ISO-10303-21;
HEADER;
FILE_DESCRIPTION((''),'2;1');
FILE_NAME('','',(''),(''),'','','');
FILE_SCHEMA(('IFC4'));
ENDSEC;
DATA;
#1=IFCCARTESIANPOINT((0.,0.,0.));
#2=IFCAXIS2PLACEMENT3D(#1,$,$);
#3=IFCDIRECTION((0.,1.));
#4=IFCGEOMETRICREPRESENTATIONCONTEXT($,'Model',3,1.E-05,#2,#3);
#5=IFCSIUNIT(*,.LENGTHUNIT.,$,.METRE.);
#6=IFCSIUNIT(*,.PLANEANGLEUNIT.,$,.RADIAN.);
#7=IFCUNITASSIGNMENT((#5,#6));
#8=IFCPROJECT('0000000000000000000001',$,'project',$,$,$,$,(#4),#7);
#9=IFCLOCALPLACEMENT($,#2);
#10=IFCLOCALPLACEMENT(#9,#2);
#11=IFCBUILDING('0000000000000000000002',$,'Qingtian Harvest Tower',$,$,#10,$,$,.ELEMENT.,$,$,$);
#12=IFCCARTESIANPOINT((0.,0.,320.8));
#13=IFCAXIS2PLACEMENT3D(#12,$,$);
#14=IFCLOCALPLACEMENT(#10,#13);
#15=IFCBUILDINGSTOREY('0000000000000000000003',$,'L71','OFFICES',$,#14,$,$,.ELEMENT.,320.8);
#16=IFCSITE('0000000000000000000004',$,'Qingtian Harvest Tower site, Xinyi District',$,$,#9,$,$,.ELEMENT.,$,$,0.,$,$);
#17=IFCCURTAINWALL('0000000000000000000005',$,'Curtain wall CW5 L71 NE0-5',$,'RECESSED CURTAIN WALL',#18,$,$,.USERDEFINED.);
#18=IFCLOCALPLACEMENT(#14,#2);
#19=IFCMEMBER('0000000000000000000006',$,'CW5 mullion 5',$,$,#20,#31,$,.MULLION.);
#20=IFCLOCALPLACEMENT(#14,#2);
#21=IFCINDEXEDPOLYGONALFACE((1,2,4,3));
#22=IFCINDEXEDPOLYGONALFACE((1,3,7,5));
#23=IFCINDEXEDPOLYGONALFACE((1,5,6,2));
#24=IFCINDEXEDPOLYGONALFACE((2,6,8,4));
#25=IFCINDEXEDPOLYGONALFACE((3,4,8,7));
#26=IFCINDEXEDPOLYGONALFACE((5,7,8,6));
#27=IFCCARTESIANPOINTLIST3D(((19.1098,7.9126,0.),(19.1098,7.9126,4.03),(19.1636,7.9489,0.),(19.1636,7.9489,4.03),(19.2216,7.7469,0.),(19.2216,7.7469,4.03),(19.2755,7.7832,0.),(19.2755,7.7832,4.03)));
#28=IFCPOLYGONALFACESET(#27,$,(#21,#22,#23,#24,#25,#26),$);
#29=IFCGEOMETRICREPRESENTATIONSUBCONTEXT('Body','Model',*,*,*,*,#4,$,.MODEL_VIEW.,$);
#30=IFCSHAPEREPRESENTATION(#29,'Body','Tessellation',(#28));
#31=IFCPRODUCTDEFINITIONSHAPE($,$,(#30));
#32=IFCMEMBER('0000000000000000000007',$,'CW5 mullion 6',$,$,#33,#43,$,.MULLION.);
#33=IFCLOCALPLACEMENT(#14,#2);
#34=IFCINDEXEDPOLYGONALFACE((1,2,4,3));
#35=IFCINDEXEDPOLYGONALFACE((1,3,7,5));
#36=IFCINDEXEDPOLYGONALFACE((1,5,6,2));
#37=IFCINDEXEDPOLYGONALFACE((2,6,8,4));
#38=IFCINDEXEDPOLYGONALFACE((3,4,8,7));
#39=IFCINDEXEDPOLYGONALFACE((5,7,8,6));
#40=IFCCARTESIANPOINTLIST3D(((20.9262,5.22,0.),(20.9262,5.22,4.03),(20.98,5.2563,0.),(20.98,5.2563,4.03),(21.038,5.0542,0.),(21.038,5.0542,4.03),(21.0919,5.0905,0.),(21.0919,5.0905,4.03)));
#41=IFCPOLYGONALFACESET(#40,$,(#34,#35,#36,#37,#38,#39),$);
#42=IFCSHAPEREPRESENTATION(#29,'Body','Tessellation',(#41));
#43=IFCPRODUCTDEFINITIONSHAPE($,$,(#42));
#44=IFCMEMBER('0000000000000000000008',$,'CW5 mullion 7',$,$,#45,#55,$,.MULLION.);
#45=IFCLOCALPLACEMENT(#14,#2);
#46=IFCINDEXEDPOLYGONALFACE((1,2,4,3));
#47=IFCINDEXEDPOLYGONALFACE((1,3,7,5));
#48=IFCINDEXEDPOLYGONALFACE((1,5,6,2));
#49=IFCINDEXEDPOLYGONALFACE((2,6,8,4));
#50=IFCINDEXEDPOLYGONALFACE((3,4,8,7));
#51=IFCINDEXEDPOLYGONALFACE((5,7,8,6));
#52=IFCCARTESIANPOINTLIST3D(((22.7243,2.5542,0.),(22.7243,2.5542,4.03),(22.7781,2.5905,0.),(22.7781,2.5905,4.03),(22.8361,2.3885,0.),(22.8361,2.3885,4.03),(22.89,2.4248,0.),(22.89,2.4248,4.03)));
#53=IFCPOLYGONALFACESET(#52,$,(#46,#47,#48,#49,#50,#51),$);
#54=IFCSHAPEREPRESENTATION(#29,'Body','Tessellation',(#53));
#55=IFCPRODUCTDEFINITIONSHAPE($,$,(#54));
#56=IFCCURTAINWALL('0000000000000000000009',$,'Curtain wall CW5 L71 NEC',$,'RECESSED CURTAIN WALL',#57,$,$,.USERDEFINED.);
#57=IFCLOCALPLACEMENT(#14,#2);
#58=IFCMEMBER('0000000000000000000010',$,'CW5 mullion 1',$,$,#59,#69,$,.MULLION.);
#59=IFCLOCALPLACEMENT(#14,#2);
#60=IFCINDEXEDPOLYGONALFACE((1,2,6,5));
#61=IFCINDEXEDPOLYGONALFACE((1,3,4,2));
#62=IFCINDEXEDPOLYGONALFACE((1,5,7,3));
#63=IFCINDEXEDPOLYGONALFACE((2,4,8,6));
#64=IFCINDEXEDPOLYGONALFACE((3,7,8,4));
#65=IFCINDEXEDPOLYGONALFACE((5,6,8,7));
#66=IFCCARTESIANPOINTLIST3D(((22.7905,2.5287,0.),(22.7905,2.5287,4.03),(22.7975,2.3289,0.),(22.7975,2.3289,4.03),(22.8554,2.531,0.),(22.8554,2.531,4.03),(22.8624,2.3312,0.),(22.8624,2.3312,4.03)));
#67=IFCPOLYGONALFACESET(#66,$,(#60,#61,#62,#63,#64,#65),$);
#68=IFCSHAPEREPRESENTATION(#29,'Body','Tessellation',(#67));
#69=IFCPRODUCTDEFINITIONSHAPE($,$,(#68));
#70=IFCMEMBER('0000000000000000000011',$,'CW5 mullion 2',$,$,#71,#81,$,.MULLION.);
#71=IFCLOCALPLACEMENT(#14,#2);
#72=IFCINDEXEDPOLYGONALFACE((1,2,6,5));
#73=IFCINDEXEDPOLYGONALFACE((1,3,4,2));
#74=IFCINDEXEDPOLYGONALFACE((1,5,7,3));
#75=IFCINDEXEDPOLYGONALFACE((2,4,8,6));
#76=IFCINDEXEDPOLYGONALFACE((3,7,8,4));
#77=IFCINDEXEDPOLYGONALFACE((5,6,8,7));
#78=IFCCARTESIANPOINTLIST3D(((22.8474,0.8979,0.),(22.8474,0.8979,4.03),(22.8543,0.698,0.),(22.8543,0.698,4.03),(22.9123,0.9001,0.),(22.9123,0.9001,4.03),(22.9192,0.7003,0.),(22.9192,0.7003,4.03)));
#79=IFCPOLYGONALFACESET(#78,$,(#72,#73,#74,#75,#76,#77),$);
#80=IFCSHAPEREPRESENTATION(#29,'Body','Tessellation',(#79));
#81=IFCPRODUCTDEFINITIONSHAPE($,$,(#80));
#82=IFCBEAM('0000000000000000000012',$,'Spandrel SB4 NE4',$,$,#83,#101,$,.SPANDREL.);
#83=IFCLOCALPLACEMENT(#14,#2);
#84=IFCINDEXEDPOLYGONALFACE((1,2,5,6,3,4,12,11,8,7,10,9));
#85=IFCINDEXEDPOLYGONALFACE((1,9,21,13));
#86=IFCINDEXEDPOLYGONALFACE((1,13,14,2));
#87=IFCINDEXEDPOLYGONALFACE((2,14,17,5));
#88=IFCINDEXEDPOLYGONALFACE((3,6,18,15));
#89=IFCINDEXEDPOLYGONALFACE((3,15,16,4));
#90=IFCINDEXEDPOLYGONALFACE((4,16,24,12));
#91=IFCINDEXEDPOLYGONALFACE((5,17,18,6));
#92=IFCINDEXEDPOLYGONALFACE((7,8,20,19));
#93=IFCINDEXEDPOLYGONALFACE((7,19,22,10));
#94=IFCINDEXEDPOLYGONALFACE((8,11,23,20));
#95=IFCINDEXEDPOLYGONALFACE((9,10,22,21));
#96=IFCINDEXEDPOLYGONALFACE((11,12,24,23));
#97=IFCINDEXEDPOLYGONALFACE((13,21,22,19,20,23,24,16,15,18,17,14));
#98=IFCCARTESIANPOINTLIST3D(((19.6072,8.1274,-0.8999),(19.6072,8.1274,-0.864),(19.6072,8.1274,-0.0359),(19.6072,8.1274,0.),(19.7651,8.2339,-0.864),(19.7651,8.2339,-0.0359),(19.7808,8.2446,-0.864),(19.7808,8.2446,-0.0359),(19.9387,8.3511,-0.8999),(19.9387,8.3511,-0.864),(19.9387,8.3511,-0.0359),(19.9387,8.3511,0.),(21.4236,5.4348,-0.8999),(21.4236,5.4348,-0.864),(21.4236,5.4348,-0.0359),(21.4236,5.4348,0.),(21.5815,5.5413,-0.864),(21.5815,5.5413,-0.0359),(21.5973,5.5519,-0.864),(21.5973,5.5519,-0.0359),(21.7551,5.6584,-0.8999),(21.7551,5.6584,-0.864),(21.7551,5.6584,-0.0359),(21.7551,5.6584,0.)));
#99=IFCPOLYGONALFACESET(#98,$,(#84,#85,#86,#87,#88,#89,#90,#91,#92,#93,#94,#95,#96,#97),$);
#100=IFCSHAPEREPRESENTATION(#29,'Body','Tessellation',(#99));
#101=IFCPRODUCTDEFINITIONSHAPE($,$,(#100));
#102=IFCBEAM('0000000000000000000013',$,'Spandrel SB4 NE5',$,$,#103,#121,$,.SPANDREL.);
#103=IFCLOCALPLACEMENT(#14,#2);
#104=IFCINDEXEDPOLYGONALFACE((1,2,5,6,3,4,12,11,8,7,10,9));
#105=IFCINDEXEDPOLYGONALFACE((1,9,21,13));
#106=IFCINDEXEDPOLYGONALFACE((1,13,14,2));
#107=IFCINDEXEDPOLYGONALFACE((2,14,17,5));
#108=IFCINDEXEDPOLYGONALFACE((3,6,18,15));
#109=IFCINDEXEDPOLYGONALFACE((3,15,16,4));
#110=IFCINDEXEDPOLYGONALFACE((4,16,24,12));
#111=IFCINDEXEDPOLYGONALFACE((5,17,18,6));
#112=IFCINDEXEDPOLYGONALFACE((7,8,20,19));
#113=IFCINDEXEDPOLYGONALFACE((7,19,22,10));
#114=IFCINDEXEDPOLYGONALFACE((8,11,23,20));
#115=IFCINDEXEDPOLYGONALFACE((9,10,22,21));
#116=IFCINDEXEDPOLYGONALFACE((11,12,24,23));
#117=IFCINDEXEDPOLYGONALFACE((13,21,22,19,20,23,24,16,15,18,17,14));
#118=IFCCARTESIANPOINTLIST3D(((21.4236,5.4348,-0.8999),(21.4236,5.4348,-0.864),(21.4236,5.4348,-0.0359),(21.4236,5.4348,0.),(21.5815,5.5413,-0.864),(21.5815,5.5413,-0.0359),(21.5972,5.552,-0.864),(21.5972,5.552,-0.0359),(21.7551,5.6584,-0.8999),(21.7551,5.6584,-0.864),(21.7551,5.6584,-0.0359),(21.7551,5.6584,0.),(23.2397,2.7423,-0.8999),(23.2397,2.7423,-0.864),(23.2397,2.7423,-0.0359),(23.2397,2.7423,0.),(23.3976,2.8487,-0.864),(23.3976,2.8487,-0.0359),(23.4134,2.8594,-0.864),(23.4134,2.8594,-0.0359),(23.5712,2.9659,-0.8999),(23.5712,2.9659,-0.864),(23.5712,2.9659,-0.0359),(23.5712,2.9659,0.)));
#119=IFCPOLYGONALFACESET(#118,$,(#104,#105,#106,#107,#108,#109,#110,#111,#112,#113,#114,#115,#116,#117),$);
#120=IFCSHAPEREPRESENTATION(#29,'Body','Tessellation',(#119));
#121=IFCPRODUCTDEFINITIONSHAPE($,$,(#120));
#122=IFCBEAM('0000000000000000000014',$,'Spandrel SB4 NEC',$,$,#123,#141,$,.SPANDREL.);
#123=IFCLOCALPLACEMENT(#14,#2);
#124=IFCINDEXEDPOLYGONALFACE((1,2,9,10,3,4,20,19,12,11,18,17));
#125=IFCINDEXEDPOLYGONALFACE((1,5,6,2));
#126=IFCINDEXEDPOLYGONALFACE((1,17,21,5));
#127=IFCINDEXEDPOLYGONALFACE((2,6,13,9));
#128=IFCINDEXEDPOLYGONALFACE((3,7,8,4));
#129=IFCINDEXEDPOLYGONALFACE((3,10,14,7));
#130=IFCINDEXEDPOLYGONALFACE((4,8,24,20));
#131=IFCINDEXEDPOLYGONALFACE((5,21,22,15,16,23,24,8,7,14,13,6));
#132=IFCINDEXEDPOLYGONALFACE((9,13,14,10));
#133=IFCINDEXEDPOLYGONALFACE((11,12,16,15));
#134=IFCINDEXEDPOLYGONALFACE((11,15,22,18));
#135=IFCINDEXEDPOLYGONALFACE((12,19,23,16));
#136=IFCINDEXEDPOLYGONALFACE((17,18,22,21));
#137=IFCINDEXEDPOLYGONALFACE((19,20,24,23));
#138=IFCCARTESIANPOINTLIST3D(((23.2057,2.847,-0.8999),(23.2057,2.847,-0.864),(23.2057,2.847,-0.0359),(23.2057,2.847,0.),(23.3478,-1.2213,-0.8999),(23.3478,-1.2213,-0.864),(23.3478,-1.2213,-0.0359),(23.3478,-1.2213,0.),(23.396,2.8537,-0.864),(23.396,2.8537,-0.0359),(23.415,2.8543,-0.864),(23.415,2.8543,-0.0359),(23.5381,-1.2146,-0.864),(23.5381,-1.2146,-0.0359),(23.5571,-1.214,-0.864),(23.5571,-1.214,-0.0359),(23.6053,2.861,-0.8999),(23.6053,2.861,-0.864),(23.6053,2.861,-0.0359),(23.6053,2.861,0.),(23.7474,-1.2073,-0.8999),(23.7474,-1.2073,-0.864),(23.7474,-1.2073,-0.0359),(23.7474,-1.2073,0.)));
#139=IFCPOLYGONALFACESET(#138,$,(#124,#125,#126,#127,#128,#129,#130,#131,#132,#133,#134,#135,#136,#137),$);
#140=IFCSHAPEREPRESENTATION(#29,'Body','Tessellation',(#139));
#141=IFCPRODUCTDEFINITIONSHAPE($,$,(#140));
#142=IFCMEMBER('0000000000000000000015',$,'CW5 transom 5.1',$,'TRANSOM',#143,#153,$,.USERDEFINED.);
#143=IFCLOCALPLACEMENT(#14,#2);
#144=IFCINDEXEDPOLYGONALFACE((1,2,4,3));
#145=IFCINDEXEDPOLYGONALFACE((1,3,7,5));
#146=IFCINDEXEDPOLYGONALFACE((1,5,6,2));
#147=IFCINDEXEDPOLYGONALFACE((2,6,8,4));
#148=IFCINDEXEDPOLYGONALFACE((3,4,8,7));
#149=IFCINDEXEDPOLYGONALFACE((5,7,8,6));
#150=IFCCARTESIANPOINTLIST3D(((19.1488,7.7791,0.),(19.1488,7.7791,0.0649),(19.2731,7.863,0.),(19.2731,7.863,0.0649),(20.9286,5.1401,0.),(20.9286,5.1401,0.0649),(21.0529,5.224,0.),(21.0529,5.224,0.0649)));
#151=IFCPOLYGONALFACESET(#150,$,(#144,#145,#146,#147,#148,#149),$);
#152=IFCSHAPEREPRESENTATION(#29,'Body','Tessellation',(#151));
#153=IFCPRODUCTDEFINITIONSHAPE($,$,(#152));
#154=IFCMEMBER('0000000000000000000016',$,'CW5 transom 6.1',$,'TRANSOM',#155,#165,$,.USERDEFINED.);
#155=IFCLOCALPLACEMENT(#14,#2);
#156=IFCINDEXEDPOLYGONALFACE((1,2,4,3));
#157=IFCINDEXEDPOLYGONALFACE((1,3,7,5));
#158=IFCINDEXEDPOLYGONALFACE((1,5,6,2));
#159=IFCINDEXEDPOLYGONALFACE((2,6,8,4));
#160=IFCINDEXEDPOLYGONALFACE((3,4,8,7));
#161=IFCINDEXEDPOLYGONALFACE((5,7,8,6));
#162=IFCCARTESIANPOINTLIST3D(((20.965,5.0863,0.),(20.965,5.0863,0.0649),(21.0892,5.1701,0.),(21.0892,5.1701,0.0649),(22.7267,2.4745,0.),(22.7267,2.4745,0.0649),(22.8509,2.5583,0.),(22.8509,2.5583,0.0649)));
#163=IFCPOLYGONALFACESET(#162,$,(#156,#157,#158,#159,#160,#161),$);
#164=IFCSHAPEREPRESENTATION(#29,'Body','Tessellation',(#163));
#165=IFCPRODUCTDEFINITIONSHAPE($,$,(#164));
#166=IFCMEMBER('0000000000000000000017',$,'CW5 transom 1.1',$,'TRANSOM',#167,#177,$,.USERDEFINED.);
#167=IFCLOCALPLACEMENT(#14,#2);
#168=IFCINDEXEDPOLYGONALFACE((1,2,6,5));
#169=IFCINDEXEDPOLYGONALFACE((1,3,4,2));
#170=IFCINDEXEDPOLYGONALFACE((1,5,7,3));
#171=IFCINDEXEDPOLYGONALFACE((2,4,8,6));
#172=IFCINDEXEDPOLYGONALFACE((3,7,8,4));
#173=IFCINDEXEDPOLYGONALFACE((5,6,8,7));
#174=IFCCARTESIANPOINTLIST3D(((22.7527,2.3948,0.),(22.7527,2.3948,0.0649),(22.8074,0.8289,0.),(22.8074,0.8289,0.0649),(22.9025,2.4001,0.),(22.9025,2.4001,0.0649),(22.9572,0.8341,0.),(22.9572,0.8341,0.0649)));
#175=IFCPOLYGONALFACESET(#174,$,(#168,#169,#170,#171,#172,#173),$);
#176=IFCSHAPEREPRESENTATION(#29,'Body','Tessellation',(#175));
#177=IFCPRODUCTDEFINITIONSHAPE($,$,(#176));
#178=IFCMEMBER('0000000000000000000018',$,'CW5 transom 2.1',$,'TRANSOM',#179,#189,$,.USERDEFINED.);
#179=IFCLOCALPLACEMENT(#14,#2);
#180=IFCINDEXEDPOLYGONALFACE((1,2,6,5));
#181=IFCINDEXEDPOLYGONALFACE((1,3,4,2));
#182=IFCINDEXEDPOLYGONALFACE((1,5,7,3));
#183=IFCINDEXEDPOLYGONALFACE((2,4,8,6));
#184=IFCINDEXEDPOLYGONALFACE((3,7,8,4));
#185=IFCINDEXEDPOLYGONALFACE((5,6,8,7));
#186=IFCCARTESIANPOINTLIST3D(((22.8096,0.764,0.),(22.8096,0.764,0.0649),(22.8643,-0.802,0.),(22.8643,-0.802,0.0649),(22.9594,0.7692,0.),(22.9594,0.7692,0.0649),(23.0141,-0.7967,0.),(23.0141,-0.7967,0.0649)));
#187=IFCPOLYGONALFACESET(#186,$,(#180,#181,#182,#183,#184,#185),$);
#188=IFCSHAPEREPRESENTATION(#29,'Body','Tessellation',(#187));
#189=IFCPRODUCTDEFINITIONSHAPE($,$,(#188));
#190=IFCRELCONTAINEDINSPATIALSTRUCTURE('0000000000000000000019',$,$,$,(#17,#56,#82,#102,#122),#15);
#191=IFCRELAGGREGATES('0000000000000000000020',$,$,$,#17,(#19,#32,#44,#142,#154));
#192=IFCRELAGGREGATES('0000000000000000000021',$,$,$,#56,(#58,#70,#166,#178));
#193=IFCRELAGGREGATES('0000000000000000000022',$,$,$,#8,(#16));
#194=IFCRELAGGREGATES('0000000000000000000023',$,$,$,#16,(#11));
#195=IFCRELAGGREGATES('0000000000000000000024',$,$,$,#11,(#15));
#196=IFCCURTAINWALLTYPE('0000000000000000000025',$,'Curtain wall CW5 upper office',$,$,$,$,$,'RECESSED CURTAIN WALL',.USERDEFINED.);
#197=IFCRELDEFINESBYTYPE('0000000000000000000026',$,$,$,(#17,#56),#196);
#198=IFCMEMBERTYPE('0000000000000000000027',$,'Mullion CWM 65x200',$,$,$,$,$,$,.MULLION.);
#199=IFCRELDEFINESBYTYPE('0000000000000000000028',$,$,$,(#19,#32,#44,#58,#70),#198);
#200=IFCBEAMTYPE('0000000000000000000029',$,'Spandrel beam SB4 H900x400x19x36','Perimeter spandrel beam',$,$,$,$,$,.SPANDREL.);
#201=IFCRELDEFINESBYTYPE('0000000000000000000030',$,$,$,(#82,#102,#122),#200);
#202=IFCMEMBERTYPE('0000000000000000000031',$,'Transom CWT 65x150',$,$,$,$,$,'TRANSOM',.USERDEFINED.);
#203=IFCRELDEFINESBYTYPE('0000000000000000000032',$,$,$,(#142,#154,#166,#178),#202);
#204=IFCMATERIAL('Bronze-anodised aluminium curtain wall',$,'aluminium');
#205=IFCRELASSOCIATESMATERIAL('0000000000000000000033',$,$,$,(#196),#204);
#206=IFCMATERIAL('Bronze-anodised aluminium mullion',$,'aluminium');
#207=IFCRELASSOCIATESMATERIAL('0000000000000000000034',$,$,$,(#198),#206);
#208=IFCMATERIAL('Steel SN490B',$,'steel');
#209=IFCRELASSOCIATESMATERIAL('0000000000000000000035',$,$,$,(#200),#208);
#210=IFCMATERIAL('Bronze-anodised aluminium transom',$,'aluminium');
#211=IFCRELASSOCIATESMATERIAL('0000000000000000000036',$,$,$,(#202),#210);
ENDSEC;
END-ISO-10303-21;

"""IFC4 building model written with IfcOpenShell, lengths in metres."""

from ifc_helpers import new_model, si_unit, direction, frame, origin, origin_2d, place, context, subcontext, project, spatial, rectangle, i_section, extrude, material, material_profile, profile_set, type_object, element, aggregate, save


model = new_model("IFC4")

# Units and contexts
model_context = context("Model", 3, precision=1e-05, world=origin(), true_north=direction((0.0, 1.0)))
body_context = subcontext(model_context, "Body", "Model", "MODEL_VIEW")
ifc_project = project(units=[si_unit("LENGTHUNIT", "METRE"), si_unit("PLANEANGLEUNIT", "RADIAN")], contexts=[model_context])

# Site, building, storey
site_placement = place(None, origin())
site = spatial("IfcSite", under=ifc_project, at=site_placement, Name="Qingtian Harvest Tower site, Xinyi District", CompositionType="ELEMENT", RefElevation=0.0)
building_placement = place(site_placement, origin())
building = spatial("IfcBuilding", under=site, at=building_placement, Name="Qingtian Harvest Tower", CompositionType="ELEMENT")
storey_placement = place(building_placement, frame((0.0, 0.0, 320.8)))
storey = spatial("IfcBuildingStorey", under=building, at=storey_placement, Name="L71", Description="OFFICES", CompositionType="ELEMENT", Elevation=320.8)

# Curtain walls, members
ifc_material_1 = material(Name="Bronze-anodised aluminium curtain wall", Category="aluminium")
curtain_wall_type = type_object("IfcCurtainWallType", Name="Curtain wall CW5 upper office", ElementType="RECESSED CURTAIN WALL", PredefinedType="USERDEFINED", material=ifc_material_1)
curtain_wall_1_placement = place(storey_placement, origin())
curtain_wall_1 = element("IfcCurtainWall", 1, at=curtain_wall_1_placement, inside=storey, type_object=curtain_wall_type, Name="Curtain wall CW5 L71 NE0-5", ObjectType="RECESSED CURTAIN WALL", PredefinedType="USERDEFINED")
ifc_material_2 = material(Name="Bronze-anodised aluminium mullion", Category="aluminium")
ifc_material_profile_1 = material_profile(ifc_material_2, rectangle(XDim=0.0649, YDim=0.2, at=origin_2d()), Name="AL 65x200")
ifc_profile_set_1 = profile_set([ifc_material_profile_1], Name="Bronze-anodised aluminium mullion")
member_type_1 = type_object("IfcMemberType", Name="Mullion CWM 65x200", PredefinedType="MULLION", material=ifc_profile_set_1)
member_1_placement = place(storey_placement, frame((19.1926, 7.8479, 0.0), z_axis=(0.0, 0.0, 1.0), x_axis=(0.829038, 0.559193, 0.0)))
member_1 = element("IfcMember", 2, at=member_1_placement, type_object=member_type_1, Name="CW5 mullion 5", PredefinedType="MULLION", context=body_context, shape_type="SweptSolid", body=[
    extrude(rectangle(XDim=0.0649, YDim=0.2, at=origin_2d()), origin(), (0.0, 0.0, 1.0), 4.03),
])
member_2_placement = place(storey_placement, frame((21.009, 5.1553, 0.0), z_axis=(0.0, 0.0, 1.0), x_axis=(0.829038, 0.559193, 0.0)))
member_2 = element("IfcMember", 3, at=member_2_placement, type_object=member_type_1, Name="CW5 mullion 6", PredefinedType="MULLION", context=body_context, shape_type="SweptSolid", body=[
    extrude(rectangle(XDim=0.0649, YDim=0.2, at=origin_2d()), origin(), (0.0, 0.0, 1.0), 4.03),
])
member_3_placement = place(storey_placement, frame((22.8071, 2.4895, 0.0), z_axis=(0.0, 0.0, 1.0), x_axis=(0.829038, 0.559193, 0.0)))
member_3 = element("IfcMember", 4, at=member_3_placement, type_object=member_type_1, Name="CW5 mullion 7", PredefinedType="MULLION", context=body_context, shape_type="SweptSolid", body=[
    extrude(rectangle(XDim=0.0649, YDim=0.2, at=origin_2d()), origin(), (0.0, 0.0, 1.0), 4.03),
])
curtain_wall_2_placement = place(storey_placement, origin())
curtain_wall_2 = element("IfcCurtainWall", 5, at=curtain_wall_2_placement, inside=storey, type_object=curtain_wall_type, Name="Curtain wall CW5 L71 NEC", ObjectType="RECESSED CURTAIN WALL", PredefinedType="USERDEFINED")
member_4_placement = place(storey_placement, frame((22.8264, 2.4299, 0.0), z_axis=(0.0, 0.0, 1.0), x_axis=(0.999391, 0.034899, 0.0)))
member_4 = element("IfcMember", 6, at=member_4_placement, type_object=member_type_1, Name="CW5 mullion 1", PredefinedType="MULLION", context=body_context, shape_type="SweptSolid", body=[
    extrude(rectangle(XDim=0.0649, YDim=0.2, at=origin_2d()), origin(), (0.0, 0.0, 1.0), 4.03),
])
member_5_placement = place(storey_placement, frame((22.8833, 0.7991, 0.0), z_axis=(0.0, 0.0, 1.0), x_axis=(0.999391, 0.034899, 0.0)))
member_5 = element("IfcMember", 7, at=member_5_placement, type_object=member_type_1, Name="CW5 mullion 2", PredefinedType="MULLION", context=body_context, shape_type="SweptSolid", body=[
    extrude(rectangle(XDim=0.0649, YDim=0.2, at=origin_2d()), origin(), (0.0, 0.0, 1.0), 4.03),
])

# Beams
ifc_material_3 = material(Name="Steel SN490B", Category="steel")
ifc_material_profile_2 = material_profile(ifc_material_3, i_section(OverallWidth=0.3999, OverallDepth=0.8999, WebThickness=0.019, FlangeThickness=0.0359, at=origin_2d()), Name="H900x400x19x36")
ifc_profile_set_2 = profile_set([ifc_material_profile_2], Name="Steel SN490B")
beam_type_1 = type_object("IfcBeamType", Name="Spandrel beam SB4 H900x400x19x36", Description="Perimeter spandrel beam", PredefinedType="SPANDREL", material=ifc_profile_set_2)
beam_1_placement = place(storey_placement, frame((19.7729, 8.2393, -0.45), z_axis=(0.559237, -0.829008, 0.0), x_axis=(0.829008, 0.559237, 0.0)))
element("IfcBeam", 8, at=beam_1_placement, inside=storey, type_object=beam_type_1, Name="Spandrel SB4 NE4", PredefinedType="SPANDREL", context=body_context, shape_type="SweptSolid", body=[
    extrude(i_section(OverallWidth=0.3999, OverallDepth=0.8999, WebThickness=0.019, FlangeThickness=0.0359, at=origin_2d()), origin(), (0.0, 0.0, 1.0), 3.248),
])
beam_2_placement = place(storey_placement, frame((21.5894, 5.5466, -0.45), z_axis=(0.559185, -0.829043, 0.0), x_axis=(0.829043, 0.559185, 0.0)))
element("IfcBeam", 9, at=beam_2_placement, inside=storey, type_object=beam_type_1, Name="Spandrel SB4 NE5", PredefinedType="SPANDREL", context=body_context, shape_type="SweptSolid", body=[
    extrude(i_section(OverallWidth=0.3999, OverallDepth=0.8999, WebThickness=0.019, FlangeThickness=0.0359, at=origin_2d()), origin(), (0.0, 0.0, 1.0), 3.2478),
])
beam_3_placement = place(storey_placement, frame((23.4055, 2.854, -0.45), z_axis=(0.034904, -0.999391, 0.0), x_axis=(0.999391, 0.034904, 0.0)))
element("IfcBeam", 10, at=beam_3_placement, inside=storey, type_object=beam_type_1, Name="Spandrel SB4 NEC", PredefinedType="SPANDREL", context=body_context, shape_type="SweptSolid", body=[
    extrude(i_section(OverallWidth=0.3999, OverallDepth=0.8999, WebThickness=0.019, FlangeThickness=0.0359, at=origin_2d()), origin(), (0.0, 0.0, 1.0), 4.0708),
])

# Members
ifc_material_4 = material(Name="Bronze-anodised aluminium transom", Category="aluminium")
ifc_material_profile_3 = material_profile(ifc_material_4, rectangle(XDim=0.1499, YDim=0.0649, at=origin_2d()), Name="AL 65x150")
ifc_profile_set_3 = profile_set([ifc_material_profile_3], Name="Bronze-anodised aluminium transom")
member_type_2 = type_object("IfcMemberType", Name="Transom CWT 65x150", ElementType="TRANSOM", PredefinedType="USERDEFINED", material=ifc_profile_set_3)
member_6_placement = place(storey_placement, frame((19.2109, 7.821, 0.0325), z_axis=(0.559153, -0.829065, 0.0), x_axis=(0.829065, 0.559153, 0.0)))
member_6 = element("IfcMember", 11, at=member_6_placement, type_object=member_type_2, Name="CW5 transom 5.1", ObjectType="TRANSOM", PredefinedType="USERDEFINED", context=body_context, shape_type="SweptSolid", body=[
    extrude(rectangle(XDim=0.1499, YDim=0.0649, at=origin_2d()), origin(), (0.0, 0.0, 1.0), 3.1831),
])
member_7_placement = place(storey_placement, frame((21.0271, 5.1282, 0.0325), z_axis=(0.559199, -0.829034, 0.0), x_axis=(0.829034, 0.559199, 0.0)))
member_7 = element("IfcMember", 12, at=member_7_placement, type_object=member_type_2, Name="CW5 transom 6.1", ObjectType="TRANSOM", PredefinedType="USERDEFINED", context=body_context, shape_type="SweptSolid", body=[
    extrude(rectangle(XDim=0.1499, YDim=0.0649, at=origin_2d()), origin(), (0.0, 0.0, 1.0), 3.1504),
])
member_8_placement = place(storey_placement, frame((22.8276, 2.3975, 0.0325), z_axis=(0.034902, -0.999391, 0.0), x_axis=(0.999391, 0.034902, 0.0)))
member_8 = element("IfcMember", 13, at=member_8_placement, type_object=member_type_2, Name="CW5 transom 1.1", ObjectType="TRANSOM", PredefinedType="USERDEFINED", context=body_context, shape_type="SweptSolid", body=[
    extrude(rectangle(XDim=0.1499, YDim=0.0649, at=origin_2d()), origin(), (0.0, 0.0, 1.0), 1.5669),
])
member_9_placement = place(storey_placement, frame((22.8845, 0.7666, 0.0325), z_axis=(0.034902, -0.999391, 0.0), x_axis=(0.999391, 0.034902, 0.0)))
member_9 = element("IfcMember", 14, at=member_9_placement, type_object=member_type_2, Name="CW5 transom 2.1", ObjectType="TRANSOM", PredefinedType="USERDEFINED", context=body_context, shape_type="SweptSolid", body=[
    extrude(rectangle(XDim=0.1499, YDim=0.0649, at=origin_2d()), origin(), (0.0, 0.0, 1.0), 1.5669),
])

aggregate(curtain_wall_1, [member_1, member_2, member_3, member_6, member_7])
aggregate(curtain_wall_2, [member_4, member_5, member_8, member_9])

save(model, "model.ifc")
